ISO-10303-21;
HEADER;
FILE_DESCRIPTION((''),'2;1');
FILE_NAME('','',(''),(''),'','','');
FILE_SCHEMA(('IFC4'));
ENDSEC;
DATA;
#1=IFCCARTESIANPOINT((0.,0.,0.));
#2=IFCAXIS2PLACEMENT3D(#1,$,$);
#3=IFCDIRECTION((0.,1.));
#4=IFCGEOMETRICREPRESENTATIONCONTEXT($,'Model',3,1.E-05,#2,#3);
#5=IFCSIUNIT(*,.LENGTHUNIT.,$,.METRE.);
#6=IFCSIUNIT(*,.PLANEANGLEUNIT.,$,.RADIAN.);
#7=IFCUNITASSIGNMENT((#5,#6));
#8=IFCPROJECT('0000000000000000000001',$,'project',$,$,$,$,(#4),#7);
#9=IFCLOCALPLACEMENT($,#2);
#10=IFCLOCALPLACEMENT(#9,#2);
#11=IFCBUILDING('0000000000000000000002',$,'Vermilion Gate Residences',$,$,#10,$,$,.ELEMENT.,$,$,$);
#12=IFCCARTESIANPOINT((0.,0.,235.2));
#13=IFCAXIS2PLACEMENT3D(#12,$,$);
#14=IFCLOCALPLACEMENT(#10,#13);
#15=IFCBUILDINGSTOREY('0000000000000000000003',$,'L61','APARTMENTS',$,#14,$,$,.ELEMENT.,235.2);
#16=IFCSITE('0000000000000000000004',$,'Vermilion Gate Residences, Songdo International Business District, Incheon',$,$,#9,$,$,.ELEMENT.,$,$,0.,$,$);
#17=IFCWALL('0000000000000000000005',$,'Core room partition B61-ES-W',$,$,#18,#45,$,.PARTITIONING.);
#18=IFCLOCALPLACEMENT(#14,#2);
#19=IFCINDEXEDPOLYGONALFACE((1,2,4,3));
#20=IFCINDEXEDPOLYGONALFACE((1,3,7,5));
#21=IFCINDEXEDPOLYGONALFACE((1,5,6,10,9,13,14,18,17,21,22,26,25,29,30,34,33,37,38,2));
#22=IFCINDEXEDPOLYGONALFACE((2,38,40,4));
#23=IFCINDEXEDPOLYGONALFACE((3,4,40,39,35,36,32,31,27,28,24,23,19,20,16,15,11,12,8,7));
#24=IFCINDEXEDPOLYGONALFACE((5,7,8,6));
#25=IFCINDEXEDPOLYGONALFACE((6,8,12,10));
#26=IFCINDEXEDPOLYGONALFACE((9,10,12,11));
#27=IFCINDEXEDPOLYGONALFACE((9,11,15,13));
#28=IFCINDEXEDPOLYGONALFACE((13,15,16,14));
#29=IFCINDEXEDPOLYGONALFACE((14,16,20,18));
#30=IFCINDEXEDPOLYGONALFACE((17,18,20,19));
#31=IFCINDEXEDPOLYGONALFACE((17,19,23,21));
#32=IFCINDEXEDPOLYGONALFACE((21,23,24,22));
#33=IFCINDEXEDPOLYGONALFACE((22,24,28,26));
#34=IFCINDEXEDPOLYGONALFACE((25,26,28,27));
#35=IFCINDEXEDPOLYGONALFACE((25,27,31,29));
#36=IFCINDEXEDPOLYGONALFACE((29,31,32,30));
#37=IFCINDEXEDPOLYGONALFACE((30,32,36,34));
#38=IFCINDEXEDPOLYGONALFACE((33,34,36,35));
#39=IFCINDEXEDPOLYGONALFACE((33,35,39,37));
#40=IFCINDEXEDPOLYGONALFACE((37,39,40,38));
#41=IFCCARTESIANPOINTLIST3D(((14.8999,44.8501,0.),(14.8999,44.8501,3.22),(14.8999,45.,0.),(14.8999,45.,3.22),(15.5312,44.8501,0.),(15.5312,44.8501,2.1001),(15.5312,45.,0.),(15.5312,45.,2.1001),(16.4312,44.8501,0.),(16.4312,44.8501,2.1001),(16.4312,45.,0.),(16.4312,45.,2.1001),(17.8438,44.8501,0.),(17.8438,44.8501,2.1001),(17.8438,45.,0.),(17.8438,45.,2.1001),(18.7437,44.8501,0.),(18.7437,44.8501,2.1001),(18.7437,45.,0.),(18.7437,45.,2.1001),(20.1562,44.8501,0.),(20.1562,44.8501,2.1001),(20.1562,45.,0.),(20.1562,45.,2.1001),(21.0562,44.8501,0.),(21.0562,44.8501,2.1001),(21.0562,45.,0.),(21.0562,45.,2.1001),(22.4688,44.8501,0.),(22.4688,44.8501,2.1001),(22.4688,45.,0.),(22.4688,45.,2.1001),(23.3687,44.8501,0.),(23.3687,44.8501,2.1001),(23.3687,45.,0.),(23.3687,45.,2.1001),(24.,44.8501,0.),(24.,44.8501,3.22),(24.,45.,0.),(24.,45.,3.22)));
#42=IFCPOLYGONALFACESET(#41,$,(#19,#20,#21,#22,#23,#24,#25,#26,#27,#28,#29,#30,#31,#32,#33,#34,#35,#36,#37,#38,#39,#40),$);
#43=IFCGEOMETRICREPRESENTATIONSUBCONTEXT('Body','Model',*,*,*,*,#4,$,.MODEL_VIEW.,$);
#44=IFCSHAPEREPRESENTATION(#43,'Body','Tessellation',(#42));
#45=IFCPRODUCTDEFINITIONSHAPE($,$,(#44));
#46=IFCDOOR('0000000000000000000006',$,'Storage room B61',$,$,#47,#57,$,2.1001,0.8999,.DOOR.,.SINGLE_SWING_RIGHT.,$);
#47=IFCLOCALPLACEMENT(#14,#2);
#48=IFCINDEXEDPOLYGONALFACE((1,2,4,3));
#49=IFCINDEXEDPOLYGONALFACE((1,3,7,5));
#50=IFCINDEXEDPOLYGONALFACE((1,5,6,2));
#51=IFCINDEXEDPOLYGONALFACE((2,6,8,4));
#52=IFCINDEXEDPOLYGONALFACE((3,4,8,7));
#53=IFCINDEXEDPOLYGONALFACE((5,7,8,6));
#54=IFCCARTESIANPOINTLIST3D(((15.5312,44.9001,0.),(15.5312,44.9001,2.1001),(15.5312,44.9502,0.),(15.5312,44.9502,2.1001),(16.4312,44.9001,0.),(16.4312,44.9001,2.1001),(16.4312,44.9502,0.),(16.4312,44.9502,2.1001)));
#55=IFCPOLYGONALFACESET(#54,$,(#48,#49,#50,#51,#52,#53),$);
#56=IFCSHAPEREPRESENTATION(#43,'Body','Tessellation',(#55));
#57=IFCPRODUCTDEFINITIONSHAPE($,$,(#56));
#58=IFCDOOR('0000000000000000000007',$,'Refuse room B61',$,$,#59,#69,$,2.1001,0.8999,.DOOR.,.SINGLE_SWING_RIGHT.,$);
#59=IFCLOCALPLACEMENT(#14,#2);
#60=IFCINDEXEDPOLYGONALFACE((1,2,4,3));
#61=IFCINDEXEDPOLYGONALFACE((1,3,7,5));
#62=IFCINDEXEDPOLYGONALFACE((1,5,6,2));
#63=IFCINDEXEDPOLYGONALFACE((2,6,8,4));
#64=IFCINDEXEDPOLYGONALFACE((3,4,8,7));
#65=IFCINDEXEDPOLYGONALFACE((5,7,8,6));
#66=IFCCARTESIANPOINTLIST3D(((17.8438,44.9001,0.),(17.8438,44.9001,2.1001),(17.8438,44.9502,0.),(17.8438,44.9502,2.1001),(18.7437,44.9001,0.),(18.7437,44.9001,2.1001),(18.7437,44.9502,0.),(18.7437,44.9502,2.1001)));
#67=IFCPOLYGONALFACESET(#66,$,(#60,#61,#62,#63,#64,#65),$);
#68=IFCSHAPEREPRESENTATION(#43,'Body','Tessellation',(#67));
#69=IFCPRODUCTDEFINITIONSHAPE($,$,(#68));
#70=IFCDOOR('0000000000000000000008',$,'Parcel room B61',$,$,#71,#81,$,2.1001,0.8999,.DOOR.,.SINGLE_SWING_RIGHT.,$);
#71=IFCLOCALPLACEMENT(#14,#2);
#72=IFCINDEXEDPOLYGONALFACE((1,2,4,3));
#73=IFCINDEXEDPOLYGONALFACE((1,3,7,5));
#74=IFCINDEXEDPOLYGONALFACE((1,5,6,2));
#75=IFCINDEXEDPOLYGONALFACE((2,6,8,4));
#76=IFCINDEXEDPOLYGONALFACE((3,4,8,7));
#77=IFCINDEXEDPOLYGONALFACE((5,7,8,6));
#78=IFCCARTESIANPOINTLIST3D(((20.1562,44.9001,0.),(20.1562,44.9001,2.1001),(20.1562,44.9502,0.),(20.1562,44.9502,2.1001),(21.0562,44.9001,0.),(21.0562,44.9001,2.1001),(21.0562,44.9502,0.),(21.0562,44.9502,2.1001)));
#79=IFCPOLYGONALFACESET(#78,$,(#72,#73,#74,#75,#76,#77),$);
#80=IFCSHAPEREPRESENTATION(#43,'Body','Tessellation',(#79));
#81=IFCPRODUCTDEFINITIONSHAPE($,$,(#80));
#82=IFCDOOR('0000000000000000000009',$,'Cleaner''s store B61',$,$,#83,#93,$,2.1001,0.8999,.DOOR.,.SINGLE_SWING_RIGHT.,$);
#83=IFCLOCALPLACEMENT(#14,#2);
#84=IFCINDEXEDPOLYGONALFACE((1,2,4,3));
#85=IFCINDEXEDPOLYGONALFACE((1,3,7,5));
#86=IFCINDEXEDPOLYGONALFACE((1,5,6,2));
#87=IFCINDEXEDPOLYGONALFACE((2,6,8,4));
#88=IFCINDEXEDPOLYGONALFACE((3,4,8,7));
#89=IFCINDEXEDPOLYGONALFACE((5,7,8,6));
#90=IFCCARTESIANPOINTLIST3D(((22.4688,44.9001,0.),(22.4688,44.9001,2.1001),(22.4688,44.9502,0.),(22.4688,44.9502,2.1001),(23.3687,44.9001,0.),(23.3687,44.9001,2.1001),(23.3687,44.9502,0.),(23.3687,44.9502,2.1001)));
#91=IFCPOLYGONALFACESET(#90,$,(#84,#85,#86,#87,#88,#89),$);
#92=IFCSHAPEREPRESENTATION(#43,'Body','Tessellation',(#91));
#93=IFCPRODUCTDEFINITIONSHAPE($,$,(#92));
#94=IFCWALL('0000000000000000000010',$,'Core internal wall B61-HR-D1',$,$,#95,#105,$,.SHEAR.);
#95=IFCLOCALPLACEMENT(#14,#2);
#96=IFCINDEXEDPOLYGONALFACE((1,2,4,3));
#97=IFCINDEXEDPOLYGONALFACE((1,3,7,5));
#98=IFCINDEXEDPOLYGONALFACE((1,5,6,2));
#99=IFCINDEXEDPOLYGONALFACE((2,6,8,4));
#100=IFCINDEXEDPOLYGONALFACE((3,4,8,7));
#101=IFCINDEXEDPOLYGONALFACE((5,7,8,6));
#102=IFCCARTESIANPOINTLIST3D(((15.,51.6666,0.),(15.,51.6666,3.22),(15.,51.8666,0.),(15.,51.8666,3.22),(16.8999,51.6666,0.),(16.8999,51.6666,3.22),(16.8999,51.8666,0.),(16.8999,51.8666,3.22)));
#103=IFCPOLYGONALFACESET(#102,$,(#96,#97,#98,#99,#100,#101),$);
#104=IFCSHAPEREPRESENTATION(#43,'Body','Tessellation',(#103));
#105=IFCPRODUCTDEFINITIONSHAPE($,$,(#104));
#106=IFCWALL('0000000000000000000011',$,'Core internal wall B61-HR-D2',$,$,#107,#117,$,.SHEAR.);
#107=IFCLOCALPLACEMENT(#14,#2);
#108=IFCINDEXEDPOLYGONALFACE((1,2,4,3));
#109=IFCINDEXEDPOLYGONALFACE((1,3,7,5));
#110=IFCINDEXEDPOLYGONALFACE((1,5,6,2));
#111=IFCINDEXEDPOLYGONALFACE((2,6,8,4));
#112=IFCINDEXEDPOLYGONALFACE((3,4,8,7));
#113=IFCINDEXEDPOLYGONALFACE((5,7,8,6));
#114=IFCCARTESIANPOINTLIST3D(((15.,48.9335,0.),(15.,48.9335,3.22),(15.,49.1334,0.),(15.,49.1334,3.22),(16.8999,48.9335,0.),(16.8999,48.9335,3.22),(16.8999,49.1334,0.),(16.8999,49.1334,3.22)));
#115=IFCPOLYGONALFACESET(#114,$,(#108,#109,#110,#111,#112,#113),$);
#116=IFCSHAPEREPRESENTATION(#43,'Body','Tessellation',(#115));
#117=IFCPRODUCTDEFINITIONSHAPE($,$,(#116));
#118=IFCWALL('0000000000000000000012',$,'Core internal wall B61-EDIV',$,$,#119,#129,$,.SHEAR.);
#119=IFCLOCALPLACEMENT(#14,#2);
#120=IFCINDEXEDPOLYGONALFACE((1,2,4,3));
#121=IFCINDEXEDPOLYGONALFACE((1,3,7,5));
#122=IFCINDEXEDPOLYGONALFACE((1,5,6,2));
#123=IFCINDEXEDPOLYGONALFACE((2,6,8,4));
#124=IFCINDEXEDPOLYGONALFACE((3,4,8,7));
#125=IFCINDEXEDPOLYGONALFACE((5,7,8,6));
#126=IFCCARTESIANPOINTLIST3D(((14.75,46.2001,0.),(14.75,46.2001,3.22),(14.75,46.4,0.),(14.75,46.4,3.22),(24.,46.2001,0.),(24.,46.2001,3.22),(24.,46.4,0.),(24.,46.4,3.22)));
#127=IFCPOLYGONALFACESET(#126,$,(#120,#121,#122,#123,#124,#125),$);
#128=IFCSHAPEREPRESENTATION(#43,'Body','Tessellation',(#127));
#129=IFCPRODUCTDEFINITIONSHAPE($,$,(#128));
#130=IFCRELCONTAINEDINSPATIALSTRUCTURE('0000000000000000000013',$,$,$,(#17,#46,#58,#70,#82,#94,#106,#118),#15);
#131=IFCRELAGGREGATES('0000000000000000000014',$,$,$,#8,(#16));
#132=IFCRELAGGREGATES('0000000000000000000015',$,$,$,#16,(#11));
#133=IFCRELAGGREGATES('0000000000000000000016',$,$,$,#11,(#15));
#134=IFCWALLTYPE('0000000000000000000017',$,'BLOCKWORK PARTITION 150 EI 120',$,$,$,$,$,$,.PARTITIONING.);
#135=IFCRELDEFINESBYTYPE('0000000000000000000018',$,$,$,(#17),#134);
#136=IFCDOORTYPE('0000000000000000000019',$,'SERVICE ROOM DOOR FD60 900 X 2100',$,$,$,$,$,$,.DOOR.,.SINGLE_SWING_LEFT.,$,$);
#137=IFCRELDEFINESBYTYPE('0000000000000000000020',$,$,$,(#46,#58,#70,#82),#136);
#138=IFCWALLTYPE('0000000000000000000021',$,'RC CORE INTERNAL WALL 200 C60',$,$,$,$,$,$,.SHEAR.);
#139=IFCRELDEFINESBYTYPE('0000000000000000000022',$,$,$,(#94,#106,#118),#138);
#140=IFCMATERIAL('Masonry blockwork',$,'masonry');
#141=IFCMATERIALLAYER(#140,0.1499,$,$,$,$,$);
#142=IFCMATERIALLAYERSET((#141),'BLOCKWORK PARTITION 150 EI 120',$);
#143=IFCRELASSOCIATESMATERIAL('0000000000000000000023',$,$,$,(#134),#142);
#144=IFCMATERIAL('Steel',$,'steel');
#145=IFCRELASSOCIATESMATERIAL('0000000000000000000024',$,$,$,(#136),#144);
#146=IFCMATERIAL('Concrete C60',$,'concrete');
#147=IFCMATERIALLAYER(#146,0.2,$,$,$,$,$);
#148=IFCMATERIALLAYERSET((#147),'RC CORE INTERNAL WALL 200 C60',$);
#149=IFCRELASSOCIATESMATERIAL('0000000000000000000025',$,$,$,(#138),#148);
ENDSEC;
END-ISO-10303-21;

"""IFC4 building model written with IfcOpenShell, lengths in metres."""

from ifc_helpers import new_model, si_unit, direction, frame, frame_2d, origin, place, context, subcontext, project, spatial, rectangle, extrude, material, layer, layer_set, type_object, element, fill, save


model = new_model("IFC4")

# Units and contexts
model_context = context("Model", 3, precision=1e-05, world=origin(), true_north=direction((0.0, 1.0)))
body_context = subcontext(model_context, "Body", "Model", "MODEL_VIEW")
ifc_project = project(units=[si_unit("LENGTHUNIT", "METRE"), si_unit("PLANEANGLEUNIT", "RADIAN")], contexts=[model_context])

# Site, building, storey
site_placement = place(None, origin())
site = spatial("IfcSite", under=ifc_project, at=site_placement, Name="Vermilion Gate Residences, Songdo International Business District, Incheon", CompositionType="ELEMENT", RefElevation=0.0)
building_placement = place(site_placement, origin())
building = spatial("IfcBuilding", under=site, at=building_placement, Name="Vermilion Gate Residences", CompositionType="ELEMENT")
storey_placement = place(building_placement, frame((0.0, 0.0, 235.2)))
storey = spatial("IfcBuildingStorey", under=building, at=storey_placement, Name="L61", Description="APARTMENTS", CompositionType="ELEMENT", Elevation=235.2)

# Shared definitions
ifc_material_1 = material(Name="Masonry blockwork", Category="masonry")
ifc_layer_1 = layer(ifc_material_1, 0.1499)
ifc_layer_set_1 = layer_set([ifc_layer_1], Name="BLOCKWORK PARTITION 150 EI 120")
wall_type_1 = type_object("IfcWallType", Name="BLOCKWORK PARTITION 150 EI 120", PredefinedType="PARTITIONING", material=ifc_layer_set_1)

# Shared definitions
ifc_material_2 = material(Name="Steel", Category="steel")
door_type_1 = type_object("IfcDoorType", Name="SERVICE ROOM DOOR FD60 900 X 2100", OperationType="SINGLE_SWING_LEFT", PredefinedType="DOOR", material=ifc_material_2)

# Wall, openings, doors
wall_1_placement = place(storey_placement, frame((14.8999, 44.925, 0.0), z_axis=(0.0, 0.0, 1.0), x_axis=(1.0, 0.0, 0.0)))
wall_1 = element("IfcWall", 1, at=wall_1_placement, inside=storey, type_object=wall_type_1, Name="Core room partition B61-ES-W", PredefinedType="PARTITIONING", context=body_context, shape_type="SweptSolid", body=[
    extrude(rectangle(XDim=9.1001, YDim=0.1499, at=frame_2d((4.55, 0.0))), origin(), (0.0, 0.0, 1.0), 3.22),
])
opening_1_placement = place(wall_1_placement, frame((0.6313, 0.0, 0.0)))
opening_1 = element("IfcOpeningElement", 2, at=opening_1_placement, cuts=wall_1, PredefinedType="OPENING", context=body_context, shape_type="SweptSolid", body=[
    extrude(rectangle(XDim=0.8999, YDim=2.1001, at=frame_2d((0.45, 1.05))), frame((0.0, 0.085, 0.0), z_axis=(0.0, -1.0, 0.0), x_axis=(1.0, 0.0, 0.0)), (0.0, 0.0, 1.0), 0.1699),
])
opening_2_placement = place(wall_1_placement, frame((2.9438, 0.0, 0.0)))
opening_2 = element("IfcOpeningElement", 3, at=opening_2_placement, cuts=wall_1, PredefinedType="OPENING", context=body_context, shape_type="SweptSolid", body=[
    extrude(rectangle(XDim=0.8999, YDim=2.1001, at=frame_2d((0.45, 1.05))), frame((0.0, 0.085, 0.0), z_axis=(0.0, -1.0, 0.0), x_axis=(1.0, 0.0, 0.0)), (0.0, 0.0, 1.0), 0.1699),
])
opening_3_placement = place(wall_1_placement, frame((5.2563, 0.0, 0.0)))
opening_3 = element("IfcOpeningElement", 4, at=opening_3_placement, cuts=wall_1, PredefinedType="OPENING", context=body_context, shape_type="SweptSolid", body=[
    extrude(rectangle(XDim=0.8999, YDim=2.1001, at=frame_2d((0.45, 1.05))), frame((0.0, 0.085, 0.0), z_axis=(0.0, -1.0, 0.0), x_axis=(1.0, 0.0, 0.0)), (0.0, 0.0, 1.0), 0.1699),
])
opening_4_placement = place(wall_1_placement, frame((7.5688, 0.0, 0.0)))
opening_4 = element("IfcOpeningElement", 5, at=opening_4_placement, cuts=wall_1, PredefinedType="OPENING", context=body_context, shape_type="SweptSolid", body=[
    extrude(rectangle(XDim=0.8999, YDim=2.1001, at=frame_2d((0.45, 1.05))), frame((0.0, 0.085, 0.0), z_axis=(0.0, -1.0, 0.0), x_axis=(1.0, 0.0, 0.0)), (0.0, 0.0, 1.0), 0.1699),
])
door_1_placement = place(opening_1_placement, frame((0.8999, 0.0, 0.0), z_axis=(0.0, 0.0, 1.0), x_axis=(-1.0, 0.0, 0.0)))
door_1 = element("IfcDoor", 6, at=door_1_placement, inside=storey, type_object=door_type_1, Name="Storage room B61", OperationType="SINGLE_SWING_RIGHT", OverallHeight=2.1001, OverallWidth=0.8999, PredefinedType="DOOR", context=body_context, shape_type="SweptSolid", body=[
    extrude(rectangle(XDim=0.8999, YDim=2.1001, at=frame_2d((0.45, 1.05))), frame((0.0, 0.0249, 0.0), z_axis=(0.0, -1.0, 0.0), x_axis=(1.0, 0.0, 0.0)), (0.0, 0.0, 1.0), 0.05),
])
fill(opening_1, door_1)
door_2_placement = place(opening_2_placement, frame((0.8999, 0.0, 0.0), z_axis=(0.0, 0.0, 1.0), x_axis=(-1.0, 0.0, 0.0)))
door_2 = element("IfcDoor", 7, at=door_2_placement, inside=storey, type_object=door_type_1, Name="Refuse room B61", OperationType="SINGLE_SWING_RIGHT", OverallHeight=2.1001, OverallWidth=0.8999, PredefinedType="DOOR", context=body_context, shape_type="SweptSolid", body=[
    extrude(rectangle(XDim=0.8999, YDim=2.1001, at=frame_2d((0.45, 1.05))), frame((0.0, 0.0249, 0.0), z_axis=(0.0, -1.0, 0.0), x_axis=(1.0, 0.0, 0.0)), (0.0, 0.0, 1.0), 0.05),
])
fill(opening_2, door_2)
door_3_placement = place(opening_3_placement, frame((0.8999, 0.0, 0.0), z_axis=(0.0, 0.0, 1.0), x_axis=(-1.0, 0.0, 0.0)))
door_3 = element("IfcDoor", 8, at=door_3_placement, inside=storey, type_object=door_type_1, Name="Parcel room B61", OperationType="SINGLE_SWING_RIGHT", OverallHeight=2.1001, OverallWidth=0.8999, PredefinedType="DOOR", context=body_context, shape_type="SweptSolid", body=[
    extrude(rectangle(XDim=0.8999, YDim=2.1001, at=frame_2d((0.45, 1.05))), frame((0.0, 0.0249, 0.0), z_axis=(0.0, -1.0, 0.0), x_axis=(1.0, 0.0, 0.0)), (0.0, 0.0, 1.0), 0.05),
])
fill(opening_3, door_3)
door_4_placement = place(opening_4_placement, frame((0.8999, 0.0, 0.0), z_axis=(0.0, 0.0, 1.0), x_axis=(-1.0, 0.0, 0.0)))
door_4 = element("IfcDoor", 9, at=door_4_placement, inside=storey, type_object=door_type_1, Name="Cleaner's store B61", OperationType="SINGLE_SWING_RIGHT", OverallHeight=2.1001, OverallWidth=0.8999, PredefinedType="DOOR", context=body_context, shape_type="SweptSolid", body=[
    extrude(rectangle(XDim=0.8999, YDim=2.1001, at=frame_2d((0.45, 1.05))), frame((0.0, 0.0249, 0.0), z_axis=(0.0, -1.0, 0.0), x_axis=(1.0, 0.0, 0.0)), (0.0, 0.0, 1.0), 0.05),
])
fill(opening_4, door_4)

# Walls
ifc_material_3 = material(Name="Concrete C60", Category="concrete")
ifc_layer_2 = layer(ifc_material_3, 0.2)
ifc_layer_set_2 = layer_set([ifc_layer_2], Name="RC CORE INTERNAL WALL 200 C60")
wall_type_2 = type_object("IfcWallType", Name="RC CORE INTERNAL WALL 200 C60", PredefinedType="SHEAR", material=ifc_layer_set_2)
for number, where, z_axis, x_axis, name in (
    (10, (15.0, 51.7666, 0.0), (0.0, 0.0, 1.0), (1.0, 0.0, 0.0), "Core internal wall B61-HR-D1"),
    (11, (15.0, 49.0334, 0.0), (0.0, 0.0, 1.0), (1.0, 0.0, 0.0), "Core internal wall B61-HR-D2"),
):
    element("IfcWall", number, at=place(storey_placement, frame(where, z_axis=z_axis, x_axis=x_axis)), inside=storey, type_object=wall_type_2, Name=name, PredefinedType="SHEAR", context=body_context, shape_type="SweptSolid", body=[
        extrude(rectangle(XDim=1.8999, YDim=0.2, at=frame_2d((0.95, 0.0))), origin(), (0.0, 0.0, 1.0), 3.22),
    ])
wall_2_placement = place(storey_placement, frame((14.75, 46.3, 0.0), z_axis=(0.0, 0.0, 1.0), x_axis=(1.0, 0.0, 0.0)))
element("IfcWall", 12, at=wall_2_placement, inside=storey, type_object=wall_type_2, Name="Core internal wall B61-EDIV", PredefinedType="SHEAR", context=body_context, shape_type="SweptSolid", body=[
    extrude(rectangle(XDim=9.25, YDim=0.2, at=frame_2d((4.625, 0.0))), origin(), (0.0, 0.0, 1.0), 3.22),
])

save(model, "model.ifc")
